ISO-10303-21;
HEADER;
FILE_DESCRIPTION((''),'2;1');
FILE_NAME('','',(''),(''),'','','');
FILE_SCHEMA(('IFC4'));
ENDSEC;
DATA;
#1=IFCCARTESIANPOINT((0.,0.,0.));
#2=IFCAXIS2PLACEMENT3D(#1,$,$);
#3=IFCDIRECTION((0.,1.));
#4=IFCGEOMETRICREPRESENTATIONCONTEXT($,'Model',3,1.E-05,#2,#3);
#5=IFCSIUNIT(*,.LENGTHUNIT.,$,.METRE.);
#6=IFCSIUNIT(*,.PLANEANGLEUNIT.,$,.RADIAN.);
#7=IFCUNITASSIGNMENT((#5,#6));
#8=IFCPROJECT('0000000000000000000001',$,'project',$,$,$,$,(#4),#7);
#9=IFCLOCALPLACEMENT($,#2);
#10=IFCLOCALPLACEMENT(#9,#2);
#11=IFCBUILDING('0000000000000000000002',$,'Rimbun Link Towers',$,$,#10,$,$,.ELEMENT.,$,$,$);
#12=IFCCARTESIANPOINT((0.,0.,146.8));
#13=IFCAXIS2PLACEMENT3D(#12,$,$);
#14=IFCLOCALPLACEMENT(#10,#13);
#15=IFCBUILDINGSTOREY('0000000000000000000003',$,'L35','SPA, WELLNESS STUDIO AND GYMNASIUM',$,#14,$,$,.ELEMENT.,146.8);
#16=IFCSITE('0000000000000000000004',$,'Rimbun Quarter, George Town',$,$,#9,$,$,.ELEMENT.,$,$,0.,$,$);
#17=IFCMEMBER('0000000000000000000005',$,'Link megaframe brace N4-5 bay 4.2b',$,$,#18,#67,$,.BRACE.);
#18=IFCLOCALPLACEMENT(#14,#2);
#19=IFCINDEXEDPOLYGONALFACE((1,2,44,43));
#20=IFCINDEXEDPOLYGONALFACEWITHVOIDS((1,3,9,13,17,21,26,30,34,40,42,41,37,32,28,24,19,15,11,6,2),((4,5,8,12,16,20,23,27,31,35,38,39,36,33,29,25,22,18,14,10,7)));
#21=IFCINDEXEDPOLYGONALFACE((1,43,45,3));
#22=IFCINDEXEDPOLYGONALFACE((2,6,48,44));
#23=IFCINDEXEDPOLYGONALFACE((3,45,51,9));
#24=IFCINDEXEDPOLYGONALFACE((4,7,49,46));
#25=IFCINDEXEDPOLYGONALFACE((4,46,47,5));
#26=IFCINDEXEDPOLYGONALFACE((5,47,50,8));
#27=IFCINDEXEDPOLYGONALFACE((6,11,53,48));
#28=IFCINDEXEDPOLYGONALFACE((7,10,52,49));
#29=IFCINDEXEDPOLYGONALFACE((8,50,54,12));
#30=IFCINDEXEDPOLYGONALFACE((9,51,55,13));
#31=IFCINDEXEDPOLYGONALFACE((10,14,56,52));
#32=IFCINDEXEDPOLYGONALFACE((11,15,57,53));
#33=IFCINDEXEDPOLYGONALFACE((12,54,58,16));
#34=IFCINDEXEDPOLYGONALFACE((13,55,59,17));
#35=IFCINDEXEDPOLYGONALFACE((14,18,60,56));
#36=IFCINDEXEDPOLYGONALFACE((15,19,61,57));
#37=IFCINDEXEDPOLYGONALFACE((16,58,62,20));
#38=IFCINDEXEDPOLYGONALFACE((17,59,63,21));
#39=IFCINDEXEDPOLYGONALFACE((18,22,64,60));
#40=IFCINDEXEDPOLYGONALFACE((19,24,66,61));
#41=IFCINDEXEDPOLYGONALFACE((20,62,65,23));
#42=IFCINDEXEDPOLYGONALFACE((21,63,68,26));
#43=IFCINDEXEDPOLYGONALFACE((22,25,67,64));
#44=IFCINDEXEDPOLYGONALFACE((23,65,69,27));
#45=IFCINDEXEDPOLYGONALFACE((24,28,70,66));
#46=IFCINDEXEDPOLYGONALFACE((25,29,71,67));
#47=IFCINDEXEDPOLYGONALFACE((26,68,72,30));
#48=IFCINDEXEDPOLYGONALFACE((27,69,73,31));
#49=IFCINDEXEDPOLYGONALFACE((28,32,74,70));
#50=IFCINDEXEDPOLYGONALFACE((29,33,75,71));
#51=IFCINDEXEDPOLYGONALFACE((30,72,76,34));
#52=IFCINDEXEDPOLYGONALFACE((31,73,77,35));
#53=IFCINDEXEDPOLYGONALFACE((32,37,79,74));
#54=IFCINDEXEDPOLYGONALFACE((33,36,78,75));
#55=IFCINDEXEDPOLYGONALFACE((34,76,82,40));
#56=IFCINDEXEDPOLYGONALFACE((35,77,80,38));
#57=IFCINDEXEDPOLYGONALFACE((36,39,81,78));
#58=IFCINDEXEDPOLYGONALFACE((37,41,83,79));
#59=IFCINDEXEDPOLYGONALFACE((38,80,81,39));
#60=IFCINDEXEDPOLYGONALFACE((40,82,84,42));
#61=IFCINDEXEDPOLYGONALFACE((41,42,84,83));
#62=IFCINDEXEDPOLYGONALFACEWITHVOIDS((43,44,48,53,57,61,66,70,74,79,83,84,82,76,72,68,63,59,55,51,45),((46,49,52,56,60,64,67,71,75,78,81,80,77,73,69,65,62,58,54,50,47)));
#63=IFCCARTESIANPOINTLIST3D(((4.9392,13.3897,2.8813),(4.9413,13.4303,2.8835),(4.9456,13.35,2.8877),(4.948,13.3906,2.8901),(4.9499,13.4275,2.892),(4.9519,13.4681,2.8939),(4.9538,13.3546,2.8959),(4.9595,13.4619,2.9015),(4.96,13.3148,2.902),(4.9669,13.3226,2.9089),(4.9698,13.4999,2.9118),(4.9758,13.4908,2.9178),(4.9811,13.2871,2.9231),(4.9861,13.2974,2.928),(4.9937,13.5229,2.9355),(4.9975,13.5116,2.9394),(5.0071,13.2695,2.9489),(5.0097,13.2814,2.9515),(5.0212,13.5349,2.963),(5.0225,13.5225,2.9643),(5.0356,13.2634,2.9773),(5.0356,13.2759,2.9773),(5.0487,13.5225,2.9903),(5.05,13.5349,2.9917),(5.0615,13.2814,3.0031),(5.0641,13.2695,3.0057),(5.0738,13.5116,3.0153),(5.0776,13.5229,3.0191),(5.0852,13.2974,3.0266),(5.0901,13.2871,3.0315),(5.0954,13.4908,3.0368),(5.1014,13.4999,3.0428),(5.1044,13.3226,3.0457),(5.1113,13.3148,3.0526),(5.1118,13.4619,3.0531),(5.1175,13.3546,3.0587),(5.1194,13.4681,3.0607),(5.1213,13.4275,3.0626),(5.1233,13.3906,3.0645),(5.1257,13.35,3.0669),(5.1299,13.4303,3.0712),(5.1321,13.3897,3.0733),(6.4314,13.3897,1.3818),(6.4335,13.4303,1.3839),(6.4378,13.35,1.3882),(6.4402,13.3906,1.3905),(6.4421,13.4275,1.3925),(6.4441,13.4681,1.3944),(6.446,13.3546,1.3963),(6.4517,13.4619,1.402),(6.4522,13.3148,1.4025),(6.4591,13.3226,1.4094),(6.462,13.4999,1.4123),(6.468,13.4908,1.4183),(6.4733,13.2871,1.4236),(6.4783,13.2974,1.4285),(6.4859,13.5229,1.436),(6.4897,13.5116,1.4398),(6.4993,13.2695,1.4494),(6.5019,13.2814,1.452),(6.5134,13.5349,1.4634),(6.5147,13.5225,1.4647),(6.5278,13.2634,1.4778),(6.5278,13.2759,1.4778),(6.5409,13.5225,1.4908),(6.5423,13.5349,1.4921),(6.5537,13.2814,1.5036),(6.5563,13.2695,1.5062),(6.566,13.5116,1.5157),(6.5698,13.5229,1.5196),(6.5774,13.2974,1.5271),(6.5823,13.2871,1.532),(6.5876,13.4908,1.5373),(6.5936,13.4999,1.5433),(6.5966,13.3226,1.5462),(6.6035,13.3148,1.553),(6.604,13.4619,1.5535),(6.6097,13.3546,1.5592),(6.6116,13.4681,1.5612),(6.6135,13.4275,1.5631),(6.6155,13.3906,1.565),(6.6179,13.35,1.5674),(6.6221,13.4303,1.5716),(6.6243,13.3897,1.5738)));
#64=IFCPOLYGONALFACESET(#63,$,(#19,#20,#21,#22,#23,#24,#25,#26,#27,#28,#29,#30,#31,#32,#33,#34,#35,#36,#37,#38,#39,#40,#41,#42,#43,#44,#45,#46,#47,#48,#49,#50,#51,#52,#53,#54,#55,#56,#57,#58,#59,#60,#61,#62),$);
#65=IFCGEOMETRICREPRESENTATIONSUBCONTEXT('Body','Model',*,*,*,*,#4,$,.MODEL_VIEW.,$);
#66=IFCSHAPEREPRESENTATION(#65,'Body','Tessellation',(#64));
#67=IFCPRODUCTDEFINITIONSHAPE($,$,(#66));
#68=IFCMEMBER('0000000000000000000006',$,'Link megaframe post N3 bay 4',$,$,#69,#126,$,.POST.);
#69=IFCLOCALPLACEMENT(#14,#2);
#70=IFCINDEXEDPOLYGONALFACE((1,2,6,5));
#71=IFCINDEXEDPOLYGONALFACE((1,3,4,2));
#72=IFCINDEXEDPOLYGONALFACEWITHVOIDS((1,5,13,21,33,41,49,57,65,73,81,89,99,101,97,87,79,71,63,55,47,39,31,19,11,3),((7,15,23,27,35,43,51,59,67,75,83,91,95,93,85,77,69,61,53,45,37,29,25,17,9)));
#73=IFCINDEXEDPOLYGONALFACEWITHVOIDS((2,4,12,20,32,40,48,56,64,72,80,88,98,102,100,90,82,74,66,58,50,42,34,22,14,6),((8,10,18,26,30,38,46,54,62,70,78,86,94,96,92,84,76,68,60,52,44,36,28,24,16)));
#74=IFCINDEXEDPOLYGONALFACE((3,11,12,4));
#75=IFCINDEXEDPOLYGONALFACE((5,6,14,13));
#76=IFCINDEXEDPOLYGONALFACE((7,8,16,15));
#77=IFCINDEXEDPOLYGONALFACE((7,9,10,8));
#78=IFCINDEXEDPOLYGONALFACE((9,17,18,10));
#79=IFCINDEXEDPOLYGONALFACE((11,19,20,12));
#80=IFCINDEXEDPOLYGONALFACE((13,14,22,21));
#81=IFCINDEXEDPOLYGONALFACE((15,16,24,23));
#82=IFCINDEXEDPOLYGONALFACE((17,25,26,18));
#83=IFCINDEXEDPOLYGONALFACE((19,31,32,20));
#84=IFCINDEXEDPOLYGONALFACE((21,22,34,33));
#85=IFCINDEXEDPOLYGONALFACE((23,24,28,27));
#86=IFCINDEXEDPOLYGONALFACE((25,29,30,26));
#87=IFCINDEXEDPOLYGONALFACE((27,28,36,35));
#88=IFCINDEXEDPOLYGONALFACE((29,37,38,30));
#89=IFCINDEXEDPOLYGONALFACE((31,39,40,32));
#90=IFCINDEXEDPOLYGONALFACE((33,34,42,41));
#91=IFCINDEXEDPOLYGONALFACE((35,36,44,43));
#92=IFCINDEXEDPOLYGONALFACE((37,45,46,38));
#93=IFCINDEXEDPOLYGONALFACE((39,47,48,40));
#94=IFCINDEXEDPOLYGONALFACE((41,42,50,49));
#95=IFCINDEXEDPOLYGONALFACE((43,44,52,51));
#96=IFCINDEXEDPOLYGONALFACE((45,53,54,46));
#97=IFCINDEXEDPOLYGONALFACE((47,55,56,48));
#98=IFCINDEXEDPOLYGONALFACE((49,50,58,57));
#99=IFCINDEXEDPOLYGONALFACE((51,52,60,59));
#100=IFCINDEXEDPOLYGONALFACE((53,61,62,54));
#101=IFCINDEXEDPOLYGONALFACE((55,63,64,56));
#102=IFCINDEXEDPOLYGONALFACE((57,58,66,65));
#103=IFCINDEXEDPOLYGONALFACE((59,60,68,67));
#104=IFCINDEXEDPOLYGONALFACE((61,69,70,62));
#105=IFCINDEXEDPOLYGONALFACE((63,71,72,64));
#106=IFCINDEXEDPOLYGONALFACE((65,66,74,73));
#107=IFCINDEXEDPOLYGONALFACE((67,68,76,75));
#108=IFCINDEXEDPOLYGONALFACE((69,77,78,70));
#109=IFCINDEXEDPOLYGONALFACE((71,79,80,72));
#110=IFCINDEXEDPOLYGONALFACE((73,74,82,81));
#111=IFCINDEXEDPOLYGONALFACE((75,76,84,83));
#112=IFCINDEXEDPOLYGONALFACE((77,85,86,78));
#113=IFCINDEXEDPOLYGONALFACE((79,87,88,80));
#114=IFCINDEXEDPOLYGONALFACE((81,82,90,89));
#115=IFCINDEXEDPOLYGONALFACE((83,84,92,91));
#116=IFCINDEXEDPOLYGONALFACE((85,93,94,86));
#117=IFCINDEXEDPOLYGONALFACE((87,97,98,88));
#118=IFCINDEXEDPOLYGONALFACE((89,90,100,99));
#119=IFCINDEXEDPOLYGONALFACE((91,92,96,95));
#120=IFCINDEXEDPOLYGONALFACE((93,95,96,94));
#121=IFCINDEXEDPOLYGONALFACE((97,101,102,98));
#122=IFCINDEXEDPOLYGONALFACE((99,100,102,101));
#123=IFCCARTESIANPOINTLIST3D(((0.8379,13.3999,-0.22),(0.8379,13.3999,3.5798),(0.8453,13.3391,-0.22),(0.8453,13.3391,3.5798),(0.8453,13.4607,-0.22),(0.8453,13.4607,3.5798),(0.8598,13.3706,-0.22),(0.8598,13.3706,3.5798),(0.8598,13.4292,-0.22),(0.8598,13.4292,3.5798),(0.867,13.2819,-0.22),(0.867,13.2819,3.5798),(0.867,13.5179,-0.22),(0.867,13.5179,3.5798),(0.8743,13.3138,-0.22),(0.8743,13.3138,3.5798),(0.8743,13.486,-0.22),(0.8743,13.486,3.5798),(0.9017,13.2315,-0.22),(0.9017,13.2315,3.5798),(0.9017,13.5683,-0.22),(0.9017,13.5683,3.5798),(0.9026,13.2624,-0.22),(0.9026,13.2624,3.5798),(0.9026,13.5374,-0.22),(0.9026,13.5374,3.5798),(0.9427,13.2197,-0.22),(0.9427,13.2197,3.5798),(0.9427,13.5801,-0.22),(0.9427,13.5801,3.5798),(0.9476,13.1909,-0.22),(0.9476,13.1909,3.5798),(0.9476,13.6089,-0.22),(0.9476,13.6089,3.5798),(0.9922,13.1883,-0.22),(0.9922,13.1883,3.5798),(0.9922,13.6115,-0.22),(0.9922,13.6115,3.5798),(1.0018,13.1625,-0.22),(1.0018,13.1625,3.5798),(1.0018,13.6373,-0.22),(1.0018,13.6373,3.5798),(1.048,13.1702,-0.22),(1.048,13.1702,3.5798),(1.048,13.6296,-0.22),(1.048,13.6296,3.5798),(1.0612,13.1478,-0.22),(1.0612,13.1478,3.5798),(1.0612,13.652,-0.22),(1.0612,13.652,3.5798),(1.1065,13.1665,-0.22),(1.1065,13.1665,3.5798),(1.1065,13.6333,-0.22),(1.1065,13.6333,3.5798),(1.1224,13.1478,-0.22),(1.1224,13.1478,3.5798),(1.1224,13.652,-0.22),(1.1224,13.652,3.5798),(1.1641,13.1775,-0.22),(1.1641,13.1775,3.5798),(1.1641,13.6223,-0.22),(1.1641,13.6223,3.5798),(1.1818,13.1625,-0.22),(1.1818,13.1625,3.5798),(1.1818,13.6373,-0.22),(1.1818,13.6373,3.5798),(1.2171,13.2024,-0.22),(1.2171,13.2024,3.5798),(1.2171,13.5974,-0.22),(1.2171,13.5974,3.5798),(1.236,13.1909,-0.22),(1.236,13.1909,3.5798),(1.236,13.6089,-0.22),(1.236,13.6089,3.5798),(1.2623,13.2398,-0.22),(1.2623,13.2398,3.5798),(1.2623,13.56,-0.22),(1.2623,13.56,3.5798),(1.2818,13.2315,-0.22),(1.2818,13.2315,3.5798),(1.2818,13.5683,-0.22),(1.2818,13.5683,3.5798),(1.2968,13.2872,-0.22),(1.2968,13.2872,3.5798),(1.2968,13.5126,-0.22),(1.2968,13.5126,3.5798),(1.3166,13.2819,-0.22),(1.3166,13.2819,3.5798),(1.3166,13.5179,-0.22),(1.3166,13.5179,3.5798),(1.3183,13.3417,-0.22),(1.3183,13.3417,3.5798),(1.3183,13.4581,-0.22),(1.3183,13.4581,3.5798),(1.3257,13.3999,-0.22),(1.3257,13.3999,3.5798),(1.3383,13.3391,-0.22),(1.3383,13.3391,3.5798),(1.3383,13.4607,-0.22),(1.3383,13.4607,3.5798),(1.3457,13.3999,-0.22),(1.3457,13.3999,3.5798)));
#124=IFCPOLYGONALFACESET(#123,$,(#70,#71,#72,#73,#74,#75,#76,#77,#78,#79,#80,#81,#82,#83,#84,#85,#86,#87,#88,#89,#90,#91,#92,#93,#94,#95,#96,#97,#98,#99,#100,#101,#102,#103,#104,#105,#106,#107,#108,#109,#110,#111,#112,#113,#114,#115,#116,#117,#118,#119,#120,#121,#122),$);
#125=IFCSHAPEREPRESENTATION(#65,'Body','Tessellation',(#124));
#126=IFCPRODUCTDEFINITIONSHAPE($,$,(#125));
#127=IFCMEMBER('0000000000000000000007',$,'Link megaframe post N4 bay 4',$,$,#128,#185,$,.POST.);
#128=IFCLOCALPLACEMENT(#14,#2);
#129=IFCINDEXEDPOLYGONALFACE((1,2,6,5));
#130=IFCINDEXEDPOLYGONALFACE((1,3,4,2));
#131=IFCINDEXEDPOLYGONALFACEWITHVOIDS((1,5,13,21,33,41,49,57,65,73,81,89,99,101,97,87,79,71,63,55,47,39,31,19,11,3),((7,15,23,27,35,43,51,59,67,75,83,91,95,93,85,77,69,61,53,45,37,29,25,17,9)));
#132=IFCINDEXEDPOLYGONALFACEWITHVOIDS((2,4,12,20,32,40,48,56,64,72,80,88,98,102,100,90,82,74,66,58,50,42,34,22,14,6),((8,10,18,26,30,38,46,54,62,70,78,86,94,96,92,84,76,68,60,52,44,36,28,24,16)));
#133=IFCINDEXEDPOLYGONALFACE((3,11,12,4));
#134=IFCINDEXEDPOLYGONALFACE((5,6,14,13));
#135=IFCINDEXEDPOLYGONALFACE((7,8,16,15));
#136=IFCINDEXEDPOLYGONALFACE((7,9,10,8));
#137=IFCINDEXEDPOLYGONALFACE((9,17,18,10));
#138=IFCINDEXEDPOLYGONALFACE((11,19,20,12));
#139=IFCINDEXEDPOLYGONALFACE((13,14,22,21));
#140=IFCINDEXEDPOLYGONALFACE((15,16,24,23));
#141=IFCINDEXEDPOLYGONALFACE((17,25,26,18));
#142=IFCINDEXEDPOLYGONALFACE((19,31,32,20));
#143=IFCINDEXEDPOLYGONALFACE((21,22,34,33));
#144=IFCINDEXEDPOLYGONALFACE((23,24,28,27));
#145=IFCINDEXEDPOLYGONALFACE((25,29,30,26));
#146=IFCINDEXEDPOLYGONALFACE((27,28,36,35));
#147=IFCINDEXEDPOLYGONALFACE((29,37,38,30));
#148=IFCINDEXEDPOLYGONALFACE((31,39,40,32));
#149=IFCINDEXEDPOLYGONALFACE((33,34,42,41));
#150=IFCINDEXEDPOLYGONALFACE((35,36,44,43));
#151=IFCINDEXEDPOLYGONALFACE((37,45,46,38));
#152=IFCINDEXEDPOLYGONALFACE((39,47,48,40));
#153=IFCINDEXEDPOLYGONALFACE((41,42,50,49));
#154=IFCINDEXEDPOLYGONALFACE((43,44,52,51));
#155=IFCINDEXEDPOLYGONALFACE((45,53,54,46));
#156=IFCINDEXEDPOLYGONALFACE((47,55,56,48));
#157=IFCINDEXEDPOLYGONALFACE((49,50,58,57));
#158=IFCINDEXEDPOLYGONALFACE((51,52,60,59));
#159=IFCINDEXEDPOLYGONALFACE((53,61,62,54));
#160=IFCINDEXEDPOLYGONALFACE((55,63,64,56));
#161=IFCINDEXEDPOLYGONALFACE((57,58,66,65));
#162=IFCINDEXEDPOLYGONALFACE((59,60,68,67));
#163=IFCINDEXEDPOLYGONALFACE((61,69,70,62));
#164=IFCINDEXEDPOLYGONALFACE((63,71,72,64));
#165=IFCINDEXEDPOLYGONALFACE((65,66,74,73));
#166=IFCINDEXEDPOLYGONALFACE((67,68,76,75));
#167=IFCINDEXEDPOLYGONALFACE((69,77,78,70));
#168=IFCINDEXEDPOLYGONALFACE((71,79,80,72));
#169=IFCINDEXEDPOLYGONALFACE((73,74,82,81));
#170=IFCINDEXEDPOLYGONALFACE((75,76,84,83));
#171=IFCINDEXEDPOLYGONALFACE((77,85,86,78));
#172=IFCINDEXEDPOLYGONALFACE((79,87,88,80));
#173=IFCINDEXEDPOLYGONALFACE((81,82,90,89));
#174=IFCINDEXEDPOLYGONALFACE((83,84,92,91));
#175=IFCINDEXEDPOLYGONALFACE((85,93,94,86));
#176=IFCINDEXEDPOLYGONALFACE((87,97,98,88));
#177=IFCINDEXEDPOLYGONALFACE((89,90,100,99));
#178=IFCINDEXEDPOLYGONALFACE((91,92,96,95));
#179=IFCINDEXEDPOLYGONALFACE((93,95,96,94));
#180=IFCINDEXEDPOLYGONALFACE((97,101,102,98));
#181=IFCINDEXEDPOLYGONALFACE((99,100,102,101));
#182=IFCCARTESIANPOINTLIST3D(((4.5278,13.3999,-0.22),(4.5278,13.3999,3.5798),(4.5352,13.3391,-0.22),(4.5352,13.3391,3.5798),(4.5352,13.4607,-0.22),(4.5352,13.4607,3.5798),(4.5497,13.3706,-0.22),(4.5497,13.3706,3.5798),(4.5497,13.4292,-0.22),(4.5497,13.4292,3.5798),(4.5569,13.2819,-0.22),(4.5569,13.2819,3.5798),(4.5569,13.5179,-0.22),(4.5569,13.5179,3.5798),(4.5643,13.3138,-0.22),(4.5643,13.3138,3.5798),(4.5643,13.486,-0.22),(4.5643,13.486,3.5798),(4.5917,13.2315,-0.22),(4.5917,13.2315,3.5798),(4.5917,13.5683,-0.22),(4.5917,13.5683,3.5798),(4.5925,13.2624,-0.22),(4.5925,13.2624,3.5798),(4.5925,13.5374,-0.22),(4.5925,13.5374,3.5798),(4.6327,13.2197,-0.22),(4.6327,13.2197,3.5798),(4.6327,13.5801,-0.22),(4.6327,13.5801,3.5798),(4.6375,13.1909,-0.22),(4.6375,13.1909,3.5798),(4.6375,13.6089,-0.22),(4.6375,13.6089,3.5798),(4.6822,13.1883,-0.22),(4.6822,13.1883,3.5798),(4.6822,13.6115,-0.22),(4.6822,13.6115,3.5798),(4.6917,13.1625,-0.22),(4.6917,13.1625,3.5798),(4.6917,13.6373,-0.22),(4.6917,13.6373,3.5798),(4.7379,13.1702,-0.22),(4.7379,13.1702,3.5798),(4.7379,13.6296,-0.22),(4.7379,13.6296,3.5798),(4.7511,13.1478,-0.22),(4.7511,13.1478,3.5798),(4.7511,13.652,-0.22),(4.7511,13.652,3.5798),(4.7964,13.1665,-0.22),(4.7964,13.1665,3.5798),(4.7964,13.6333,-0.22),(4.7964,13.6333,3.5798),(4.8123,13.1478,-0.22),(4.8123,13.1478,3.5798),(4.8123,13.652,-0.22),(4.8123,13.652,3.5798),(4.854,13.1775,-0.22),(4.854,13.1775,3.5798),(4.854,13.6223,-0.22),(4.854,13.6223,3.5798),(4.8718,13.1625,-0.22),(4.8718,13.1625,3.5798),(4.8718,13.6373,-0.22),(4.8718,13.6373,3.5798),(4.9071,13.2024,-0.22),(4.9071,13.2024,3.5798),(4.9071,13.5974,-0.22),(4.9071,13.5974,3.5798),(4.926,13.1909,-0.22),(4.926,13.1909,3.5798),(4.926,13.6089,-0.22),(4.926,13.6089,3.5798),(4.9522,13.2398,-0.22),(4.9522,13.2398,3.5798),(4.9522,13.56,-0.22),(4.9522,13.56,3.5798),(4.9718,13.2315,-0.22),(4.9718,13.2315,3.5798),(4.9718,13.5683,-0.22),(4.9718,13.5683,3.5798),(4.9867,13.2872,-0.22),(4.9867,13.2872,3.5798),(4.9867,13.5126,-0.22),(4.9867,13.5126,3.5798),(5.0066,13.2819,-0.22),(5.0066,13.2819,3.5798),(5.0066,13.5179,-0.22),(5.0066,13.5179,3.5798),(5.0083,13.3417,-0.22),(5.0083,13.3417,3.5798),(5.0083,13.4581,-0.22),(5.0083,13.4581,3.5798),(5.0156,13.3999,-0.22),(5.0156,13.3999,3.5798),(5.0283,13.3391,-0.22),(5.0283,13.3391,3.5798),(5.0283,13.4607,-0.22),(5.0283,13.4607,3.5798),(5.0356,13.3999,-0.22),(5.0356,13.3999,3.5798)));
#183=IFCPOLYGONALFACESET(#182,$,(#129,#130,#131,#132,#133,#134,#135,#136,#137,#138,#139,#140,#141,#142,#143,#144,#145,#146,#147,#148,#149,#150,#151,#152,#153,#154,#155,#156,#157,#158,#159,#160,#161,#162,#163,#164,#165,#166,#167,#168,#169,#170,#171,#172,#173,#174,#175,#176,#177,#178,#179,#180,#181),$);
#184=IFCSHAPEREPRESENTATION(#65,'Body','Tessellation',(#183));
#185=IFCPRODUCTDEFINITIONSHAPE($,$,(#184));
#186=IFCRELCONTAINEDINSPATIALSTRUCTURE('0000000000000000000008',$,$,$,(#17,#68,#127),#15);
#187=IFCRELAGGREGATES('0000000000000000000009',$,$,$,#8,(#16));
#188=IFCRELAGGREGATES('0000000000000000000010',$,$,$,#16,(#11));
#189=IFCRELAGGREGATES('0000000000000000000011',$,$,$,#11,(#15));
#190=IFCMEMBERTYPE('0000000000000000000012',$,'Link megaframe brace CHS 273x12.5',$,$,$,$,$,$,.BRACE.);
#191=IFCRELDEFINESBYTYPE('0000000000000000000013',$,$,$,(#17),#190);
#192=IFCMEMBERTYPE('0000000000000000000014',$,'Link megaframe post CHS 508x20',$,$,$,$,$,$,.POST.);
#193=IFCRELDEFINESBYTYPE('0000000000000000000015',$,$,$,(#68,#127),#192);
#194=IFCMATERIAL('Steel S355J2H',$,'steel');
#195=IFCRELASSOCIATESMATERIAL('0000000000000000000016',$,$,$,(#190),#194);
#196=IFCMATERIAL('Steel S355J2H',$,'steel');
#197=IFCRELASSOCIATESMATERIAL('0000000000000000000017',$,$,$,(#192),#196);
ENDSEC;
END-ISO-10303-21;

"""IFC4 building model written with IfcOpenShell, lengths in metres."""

from ifc_helpers import new_model, si_unit, direction, frame, origin, origin_2d, place, context, subcontext, project, spatial, hollow_circle, extrude, material, material_profile, profile_set, type_object, element, save


model = new_model("IFC4")

# Units and contexts
model_context = context("Model", 3, precision=1e-05, world=origin(), true_north=direction((0.0, 1.0)))
body_context = subcontext(model_context, "Body", "Model", "MODEL_VIEW")
ifc_project = project(units=[si_unit("LENGTHUNIT", "METRE"), si_unit("PLANEANGLEUNIT", "RADIAN")], contexts=[model_context])

# Site, building, storey
site_placement = place(None, origin())
site = spatial("IfcSite", under=ifc_project, at=site_placement, Name="Rimbun Quarter, George Town", CompositionType="ELEMENT", RefElevation=0.0)
building_placement = place(site_placement, origin())
building = spatial("IfcBuilding", under=site, at=building_placement, Name="Rimbun Link Towers", CompositionType="ELEMENT")
storey_placement = place(building_placement, frame((0.0, 0.0, 146.8)))
storey = spatial("IfcBuildingStorey", under=building, at=storey_placement, Name="L35", Description="SPA, WELLNESS STUDIO AND GYMNASIUM", CompositionType="ELEMENT", Elevation=146.8)

# Members
ifc_material_1 = material(Name="Steel S355J2H", Category="steel")
ifc_material_profile_1 = material_profile(ifc_material_1, hollow_circle(Radius=0.1365, WallThickness=0.0125, at=origin_2d()), Name="CHS 273x12.5")
ifc_profile_set_1 = profile_set([ifc_material_profile_1], Name="Steel S355J2H")
member_type_1 = type_object("IfcMemberType", Name="Link megaframe brace CHS 273x12.5", PredefinedType="BRACE", material=ifc_profile_set_1)
member_1_placement = place(storey_placement, frame((6.5278, 13.3999, 1.4778), z_axis=(-0.705374, 0.0, 0.708836), x_axis=(0.0, -1.0, 0.0)))
element("IfcMember", 1, at=member_1_placement, inside=storey, type_object=member_type_1, Name="Link megaframe brace N4-5 bay 4.2b", PredefinedType="BRACE", context=body_context, shape_type="SweptSolid", body=[
    extrude(hollow_circle(Radius=0.1365, WallThickness=0.0125, at=origin_2d()), origin(), (0.0, 0.0, 1.0), 2.1155),
])
ifc_material_2 = material(Name="Steel S355J2H", Category="steel")
ifc_material_profile_2 = material_profile(ifc_material_2, hollow_circle(Radius=0.2539, WallThickness=0.02, at=origin_2d()), Name="CHS 508x20")
ifc_profile_set_2 = profile_set([ifc_material_profile_2], Name="Steel S355J2H")
member_type_2 = type_object("IfcMemberType", Name="Link megaframe post CHS 508x20", PredefinedType="POST", material=ifc_profile_set_2)
for number, where, z_axis, x_axis, name in (
    (2, (1.0918, 13.3999, -0.22), (0.0, 0.0, 1.0), (1.0, 0.0, 0.0), "Link megaframe post N3 bay 4"),
    (3, (4.7817, 13.3999, -0.22), (0.0, 0.0, 1.0), (1.0, 0.0, 0.0), "Link megaframe post N4 bay 4"),
):
    element("IfcMember", number, at=place(storey_placement, frame(where, z_axis=z_axis, x_axis=x_axis)), inside=storey, type_object=member_type_2, Name=name, PredefinedType="POST", context=body_context, shape_type="SweptSolid", body=[
        extrude(hollow_circle(Radius=0.2539, WallThickness=0.02, at=origin_2d()), origin(), (0.0, 0.0, 1.0), 3.7998),
    ])

save(model, "model.ifc")
